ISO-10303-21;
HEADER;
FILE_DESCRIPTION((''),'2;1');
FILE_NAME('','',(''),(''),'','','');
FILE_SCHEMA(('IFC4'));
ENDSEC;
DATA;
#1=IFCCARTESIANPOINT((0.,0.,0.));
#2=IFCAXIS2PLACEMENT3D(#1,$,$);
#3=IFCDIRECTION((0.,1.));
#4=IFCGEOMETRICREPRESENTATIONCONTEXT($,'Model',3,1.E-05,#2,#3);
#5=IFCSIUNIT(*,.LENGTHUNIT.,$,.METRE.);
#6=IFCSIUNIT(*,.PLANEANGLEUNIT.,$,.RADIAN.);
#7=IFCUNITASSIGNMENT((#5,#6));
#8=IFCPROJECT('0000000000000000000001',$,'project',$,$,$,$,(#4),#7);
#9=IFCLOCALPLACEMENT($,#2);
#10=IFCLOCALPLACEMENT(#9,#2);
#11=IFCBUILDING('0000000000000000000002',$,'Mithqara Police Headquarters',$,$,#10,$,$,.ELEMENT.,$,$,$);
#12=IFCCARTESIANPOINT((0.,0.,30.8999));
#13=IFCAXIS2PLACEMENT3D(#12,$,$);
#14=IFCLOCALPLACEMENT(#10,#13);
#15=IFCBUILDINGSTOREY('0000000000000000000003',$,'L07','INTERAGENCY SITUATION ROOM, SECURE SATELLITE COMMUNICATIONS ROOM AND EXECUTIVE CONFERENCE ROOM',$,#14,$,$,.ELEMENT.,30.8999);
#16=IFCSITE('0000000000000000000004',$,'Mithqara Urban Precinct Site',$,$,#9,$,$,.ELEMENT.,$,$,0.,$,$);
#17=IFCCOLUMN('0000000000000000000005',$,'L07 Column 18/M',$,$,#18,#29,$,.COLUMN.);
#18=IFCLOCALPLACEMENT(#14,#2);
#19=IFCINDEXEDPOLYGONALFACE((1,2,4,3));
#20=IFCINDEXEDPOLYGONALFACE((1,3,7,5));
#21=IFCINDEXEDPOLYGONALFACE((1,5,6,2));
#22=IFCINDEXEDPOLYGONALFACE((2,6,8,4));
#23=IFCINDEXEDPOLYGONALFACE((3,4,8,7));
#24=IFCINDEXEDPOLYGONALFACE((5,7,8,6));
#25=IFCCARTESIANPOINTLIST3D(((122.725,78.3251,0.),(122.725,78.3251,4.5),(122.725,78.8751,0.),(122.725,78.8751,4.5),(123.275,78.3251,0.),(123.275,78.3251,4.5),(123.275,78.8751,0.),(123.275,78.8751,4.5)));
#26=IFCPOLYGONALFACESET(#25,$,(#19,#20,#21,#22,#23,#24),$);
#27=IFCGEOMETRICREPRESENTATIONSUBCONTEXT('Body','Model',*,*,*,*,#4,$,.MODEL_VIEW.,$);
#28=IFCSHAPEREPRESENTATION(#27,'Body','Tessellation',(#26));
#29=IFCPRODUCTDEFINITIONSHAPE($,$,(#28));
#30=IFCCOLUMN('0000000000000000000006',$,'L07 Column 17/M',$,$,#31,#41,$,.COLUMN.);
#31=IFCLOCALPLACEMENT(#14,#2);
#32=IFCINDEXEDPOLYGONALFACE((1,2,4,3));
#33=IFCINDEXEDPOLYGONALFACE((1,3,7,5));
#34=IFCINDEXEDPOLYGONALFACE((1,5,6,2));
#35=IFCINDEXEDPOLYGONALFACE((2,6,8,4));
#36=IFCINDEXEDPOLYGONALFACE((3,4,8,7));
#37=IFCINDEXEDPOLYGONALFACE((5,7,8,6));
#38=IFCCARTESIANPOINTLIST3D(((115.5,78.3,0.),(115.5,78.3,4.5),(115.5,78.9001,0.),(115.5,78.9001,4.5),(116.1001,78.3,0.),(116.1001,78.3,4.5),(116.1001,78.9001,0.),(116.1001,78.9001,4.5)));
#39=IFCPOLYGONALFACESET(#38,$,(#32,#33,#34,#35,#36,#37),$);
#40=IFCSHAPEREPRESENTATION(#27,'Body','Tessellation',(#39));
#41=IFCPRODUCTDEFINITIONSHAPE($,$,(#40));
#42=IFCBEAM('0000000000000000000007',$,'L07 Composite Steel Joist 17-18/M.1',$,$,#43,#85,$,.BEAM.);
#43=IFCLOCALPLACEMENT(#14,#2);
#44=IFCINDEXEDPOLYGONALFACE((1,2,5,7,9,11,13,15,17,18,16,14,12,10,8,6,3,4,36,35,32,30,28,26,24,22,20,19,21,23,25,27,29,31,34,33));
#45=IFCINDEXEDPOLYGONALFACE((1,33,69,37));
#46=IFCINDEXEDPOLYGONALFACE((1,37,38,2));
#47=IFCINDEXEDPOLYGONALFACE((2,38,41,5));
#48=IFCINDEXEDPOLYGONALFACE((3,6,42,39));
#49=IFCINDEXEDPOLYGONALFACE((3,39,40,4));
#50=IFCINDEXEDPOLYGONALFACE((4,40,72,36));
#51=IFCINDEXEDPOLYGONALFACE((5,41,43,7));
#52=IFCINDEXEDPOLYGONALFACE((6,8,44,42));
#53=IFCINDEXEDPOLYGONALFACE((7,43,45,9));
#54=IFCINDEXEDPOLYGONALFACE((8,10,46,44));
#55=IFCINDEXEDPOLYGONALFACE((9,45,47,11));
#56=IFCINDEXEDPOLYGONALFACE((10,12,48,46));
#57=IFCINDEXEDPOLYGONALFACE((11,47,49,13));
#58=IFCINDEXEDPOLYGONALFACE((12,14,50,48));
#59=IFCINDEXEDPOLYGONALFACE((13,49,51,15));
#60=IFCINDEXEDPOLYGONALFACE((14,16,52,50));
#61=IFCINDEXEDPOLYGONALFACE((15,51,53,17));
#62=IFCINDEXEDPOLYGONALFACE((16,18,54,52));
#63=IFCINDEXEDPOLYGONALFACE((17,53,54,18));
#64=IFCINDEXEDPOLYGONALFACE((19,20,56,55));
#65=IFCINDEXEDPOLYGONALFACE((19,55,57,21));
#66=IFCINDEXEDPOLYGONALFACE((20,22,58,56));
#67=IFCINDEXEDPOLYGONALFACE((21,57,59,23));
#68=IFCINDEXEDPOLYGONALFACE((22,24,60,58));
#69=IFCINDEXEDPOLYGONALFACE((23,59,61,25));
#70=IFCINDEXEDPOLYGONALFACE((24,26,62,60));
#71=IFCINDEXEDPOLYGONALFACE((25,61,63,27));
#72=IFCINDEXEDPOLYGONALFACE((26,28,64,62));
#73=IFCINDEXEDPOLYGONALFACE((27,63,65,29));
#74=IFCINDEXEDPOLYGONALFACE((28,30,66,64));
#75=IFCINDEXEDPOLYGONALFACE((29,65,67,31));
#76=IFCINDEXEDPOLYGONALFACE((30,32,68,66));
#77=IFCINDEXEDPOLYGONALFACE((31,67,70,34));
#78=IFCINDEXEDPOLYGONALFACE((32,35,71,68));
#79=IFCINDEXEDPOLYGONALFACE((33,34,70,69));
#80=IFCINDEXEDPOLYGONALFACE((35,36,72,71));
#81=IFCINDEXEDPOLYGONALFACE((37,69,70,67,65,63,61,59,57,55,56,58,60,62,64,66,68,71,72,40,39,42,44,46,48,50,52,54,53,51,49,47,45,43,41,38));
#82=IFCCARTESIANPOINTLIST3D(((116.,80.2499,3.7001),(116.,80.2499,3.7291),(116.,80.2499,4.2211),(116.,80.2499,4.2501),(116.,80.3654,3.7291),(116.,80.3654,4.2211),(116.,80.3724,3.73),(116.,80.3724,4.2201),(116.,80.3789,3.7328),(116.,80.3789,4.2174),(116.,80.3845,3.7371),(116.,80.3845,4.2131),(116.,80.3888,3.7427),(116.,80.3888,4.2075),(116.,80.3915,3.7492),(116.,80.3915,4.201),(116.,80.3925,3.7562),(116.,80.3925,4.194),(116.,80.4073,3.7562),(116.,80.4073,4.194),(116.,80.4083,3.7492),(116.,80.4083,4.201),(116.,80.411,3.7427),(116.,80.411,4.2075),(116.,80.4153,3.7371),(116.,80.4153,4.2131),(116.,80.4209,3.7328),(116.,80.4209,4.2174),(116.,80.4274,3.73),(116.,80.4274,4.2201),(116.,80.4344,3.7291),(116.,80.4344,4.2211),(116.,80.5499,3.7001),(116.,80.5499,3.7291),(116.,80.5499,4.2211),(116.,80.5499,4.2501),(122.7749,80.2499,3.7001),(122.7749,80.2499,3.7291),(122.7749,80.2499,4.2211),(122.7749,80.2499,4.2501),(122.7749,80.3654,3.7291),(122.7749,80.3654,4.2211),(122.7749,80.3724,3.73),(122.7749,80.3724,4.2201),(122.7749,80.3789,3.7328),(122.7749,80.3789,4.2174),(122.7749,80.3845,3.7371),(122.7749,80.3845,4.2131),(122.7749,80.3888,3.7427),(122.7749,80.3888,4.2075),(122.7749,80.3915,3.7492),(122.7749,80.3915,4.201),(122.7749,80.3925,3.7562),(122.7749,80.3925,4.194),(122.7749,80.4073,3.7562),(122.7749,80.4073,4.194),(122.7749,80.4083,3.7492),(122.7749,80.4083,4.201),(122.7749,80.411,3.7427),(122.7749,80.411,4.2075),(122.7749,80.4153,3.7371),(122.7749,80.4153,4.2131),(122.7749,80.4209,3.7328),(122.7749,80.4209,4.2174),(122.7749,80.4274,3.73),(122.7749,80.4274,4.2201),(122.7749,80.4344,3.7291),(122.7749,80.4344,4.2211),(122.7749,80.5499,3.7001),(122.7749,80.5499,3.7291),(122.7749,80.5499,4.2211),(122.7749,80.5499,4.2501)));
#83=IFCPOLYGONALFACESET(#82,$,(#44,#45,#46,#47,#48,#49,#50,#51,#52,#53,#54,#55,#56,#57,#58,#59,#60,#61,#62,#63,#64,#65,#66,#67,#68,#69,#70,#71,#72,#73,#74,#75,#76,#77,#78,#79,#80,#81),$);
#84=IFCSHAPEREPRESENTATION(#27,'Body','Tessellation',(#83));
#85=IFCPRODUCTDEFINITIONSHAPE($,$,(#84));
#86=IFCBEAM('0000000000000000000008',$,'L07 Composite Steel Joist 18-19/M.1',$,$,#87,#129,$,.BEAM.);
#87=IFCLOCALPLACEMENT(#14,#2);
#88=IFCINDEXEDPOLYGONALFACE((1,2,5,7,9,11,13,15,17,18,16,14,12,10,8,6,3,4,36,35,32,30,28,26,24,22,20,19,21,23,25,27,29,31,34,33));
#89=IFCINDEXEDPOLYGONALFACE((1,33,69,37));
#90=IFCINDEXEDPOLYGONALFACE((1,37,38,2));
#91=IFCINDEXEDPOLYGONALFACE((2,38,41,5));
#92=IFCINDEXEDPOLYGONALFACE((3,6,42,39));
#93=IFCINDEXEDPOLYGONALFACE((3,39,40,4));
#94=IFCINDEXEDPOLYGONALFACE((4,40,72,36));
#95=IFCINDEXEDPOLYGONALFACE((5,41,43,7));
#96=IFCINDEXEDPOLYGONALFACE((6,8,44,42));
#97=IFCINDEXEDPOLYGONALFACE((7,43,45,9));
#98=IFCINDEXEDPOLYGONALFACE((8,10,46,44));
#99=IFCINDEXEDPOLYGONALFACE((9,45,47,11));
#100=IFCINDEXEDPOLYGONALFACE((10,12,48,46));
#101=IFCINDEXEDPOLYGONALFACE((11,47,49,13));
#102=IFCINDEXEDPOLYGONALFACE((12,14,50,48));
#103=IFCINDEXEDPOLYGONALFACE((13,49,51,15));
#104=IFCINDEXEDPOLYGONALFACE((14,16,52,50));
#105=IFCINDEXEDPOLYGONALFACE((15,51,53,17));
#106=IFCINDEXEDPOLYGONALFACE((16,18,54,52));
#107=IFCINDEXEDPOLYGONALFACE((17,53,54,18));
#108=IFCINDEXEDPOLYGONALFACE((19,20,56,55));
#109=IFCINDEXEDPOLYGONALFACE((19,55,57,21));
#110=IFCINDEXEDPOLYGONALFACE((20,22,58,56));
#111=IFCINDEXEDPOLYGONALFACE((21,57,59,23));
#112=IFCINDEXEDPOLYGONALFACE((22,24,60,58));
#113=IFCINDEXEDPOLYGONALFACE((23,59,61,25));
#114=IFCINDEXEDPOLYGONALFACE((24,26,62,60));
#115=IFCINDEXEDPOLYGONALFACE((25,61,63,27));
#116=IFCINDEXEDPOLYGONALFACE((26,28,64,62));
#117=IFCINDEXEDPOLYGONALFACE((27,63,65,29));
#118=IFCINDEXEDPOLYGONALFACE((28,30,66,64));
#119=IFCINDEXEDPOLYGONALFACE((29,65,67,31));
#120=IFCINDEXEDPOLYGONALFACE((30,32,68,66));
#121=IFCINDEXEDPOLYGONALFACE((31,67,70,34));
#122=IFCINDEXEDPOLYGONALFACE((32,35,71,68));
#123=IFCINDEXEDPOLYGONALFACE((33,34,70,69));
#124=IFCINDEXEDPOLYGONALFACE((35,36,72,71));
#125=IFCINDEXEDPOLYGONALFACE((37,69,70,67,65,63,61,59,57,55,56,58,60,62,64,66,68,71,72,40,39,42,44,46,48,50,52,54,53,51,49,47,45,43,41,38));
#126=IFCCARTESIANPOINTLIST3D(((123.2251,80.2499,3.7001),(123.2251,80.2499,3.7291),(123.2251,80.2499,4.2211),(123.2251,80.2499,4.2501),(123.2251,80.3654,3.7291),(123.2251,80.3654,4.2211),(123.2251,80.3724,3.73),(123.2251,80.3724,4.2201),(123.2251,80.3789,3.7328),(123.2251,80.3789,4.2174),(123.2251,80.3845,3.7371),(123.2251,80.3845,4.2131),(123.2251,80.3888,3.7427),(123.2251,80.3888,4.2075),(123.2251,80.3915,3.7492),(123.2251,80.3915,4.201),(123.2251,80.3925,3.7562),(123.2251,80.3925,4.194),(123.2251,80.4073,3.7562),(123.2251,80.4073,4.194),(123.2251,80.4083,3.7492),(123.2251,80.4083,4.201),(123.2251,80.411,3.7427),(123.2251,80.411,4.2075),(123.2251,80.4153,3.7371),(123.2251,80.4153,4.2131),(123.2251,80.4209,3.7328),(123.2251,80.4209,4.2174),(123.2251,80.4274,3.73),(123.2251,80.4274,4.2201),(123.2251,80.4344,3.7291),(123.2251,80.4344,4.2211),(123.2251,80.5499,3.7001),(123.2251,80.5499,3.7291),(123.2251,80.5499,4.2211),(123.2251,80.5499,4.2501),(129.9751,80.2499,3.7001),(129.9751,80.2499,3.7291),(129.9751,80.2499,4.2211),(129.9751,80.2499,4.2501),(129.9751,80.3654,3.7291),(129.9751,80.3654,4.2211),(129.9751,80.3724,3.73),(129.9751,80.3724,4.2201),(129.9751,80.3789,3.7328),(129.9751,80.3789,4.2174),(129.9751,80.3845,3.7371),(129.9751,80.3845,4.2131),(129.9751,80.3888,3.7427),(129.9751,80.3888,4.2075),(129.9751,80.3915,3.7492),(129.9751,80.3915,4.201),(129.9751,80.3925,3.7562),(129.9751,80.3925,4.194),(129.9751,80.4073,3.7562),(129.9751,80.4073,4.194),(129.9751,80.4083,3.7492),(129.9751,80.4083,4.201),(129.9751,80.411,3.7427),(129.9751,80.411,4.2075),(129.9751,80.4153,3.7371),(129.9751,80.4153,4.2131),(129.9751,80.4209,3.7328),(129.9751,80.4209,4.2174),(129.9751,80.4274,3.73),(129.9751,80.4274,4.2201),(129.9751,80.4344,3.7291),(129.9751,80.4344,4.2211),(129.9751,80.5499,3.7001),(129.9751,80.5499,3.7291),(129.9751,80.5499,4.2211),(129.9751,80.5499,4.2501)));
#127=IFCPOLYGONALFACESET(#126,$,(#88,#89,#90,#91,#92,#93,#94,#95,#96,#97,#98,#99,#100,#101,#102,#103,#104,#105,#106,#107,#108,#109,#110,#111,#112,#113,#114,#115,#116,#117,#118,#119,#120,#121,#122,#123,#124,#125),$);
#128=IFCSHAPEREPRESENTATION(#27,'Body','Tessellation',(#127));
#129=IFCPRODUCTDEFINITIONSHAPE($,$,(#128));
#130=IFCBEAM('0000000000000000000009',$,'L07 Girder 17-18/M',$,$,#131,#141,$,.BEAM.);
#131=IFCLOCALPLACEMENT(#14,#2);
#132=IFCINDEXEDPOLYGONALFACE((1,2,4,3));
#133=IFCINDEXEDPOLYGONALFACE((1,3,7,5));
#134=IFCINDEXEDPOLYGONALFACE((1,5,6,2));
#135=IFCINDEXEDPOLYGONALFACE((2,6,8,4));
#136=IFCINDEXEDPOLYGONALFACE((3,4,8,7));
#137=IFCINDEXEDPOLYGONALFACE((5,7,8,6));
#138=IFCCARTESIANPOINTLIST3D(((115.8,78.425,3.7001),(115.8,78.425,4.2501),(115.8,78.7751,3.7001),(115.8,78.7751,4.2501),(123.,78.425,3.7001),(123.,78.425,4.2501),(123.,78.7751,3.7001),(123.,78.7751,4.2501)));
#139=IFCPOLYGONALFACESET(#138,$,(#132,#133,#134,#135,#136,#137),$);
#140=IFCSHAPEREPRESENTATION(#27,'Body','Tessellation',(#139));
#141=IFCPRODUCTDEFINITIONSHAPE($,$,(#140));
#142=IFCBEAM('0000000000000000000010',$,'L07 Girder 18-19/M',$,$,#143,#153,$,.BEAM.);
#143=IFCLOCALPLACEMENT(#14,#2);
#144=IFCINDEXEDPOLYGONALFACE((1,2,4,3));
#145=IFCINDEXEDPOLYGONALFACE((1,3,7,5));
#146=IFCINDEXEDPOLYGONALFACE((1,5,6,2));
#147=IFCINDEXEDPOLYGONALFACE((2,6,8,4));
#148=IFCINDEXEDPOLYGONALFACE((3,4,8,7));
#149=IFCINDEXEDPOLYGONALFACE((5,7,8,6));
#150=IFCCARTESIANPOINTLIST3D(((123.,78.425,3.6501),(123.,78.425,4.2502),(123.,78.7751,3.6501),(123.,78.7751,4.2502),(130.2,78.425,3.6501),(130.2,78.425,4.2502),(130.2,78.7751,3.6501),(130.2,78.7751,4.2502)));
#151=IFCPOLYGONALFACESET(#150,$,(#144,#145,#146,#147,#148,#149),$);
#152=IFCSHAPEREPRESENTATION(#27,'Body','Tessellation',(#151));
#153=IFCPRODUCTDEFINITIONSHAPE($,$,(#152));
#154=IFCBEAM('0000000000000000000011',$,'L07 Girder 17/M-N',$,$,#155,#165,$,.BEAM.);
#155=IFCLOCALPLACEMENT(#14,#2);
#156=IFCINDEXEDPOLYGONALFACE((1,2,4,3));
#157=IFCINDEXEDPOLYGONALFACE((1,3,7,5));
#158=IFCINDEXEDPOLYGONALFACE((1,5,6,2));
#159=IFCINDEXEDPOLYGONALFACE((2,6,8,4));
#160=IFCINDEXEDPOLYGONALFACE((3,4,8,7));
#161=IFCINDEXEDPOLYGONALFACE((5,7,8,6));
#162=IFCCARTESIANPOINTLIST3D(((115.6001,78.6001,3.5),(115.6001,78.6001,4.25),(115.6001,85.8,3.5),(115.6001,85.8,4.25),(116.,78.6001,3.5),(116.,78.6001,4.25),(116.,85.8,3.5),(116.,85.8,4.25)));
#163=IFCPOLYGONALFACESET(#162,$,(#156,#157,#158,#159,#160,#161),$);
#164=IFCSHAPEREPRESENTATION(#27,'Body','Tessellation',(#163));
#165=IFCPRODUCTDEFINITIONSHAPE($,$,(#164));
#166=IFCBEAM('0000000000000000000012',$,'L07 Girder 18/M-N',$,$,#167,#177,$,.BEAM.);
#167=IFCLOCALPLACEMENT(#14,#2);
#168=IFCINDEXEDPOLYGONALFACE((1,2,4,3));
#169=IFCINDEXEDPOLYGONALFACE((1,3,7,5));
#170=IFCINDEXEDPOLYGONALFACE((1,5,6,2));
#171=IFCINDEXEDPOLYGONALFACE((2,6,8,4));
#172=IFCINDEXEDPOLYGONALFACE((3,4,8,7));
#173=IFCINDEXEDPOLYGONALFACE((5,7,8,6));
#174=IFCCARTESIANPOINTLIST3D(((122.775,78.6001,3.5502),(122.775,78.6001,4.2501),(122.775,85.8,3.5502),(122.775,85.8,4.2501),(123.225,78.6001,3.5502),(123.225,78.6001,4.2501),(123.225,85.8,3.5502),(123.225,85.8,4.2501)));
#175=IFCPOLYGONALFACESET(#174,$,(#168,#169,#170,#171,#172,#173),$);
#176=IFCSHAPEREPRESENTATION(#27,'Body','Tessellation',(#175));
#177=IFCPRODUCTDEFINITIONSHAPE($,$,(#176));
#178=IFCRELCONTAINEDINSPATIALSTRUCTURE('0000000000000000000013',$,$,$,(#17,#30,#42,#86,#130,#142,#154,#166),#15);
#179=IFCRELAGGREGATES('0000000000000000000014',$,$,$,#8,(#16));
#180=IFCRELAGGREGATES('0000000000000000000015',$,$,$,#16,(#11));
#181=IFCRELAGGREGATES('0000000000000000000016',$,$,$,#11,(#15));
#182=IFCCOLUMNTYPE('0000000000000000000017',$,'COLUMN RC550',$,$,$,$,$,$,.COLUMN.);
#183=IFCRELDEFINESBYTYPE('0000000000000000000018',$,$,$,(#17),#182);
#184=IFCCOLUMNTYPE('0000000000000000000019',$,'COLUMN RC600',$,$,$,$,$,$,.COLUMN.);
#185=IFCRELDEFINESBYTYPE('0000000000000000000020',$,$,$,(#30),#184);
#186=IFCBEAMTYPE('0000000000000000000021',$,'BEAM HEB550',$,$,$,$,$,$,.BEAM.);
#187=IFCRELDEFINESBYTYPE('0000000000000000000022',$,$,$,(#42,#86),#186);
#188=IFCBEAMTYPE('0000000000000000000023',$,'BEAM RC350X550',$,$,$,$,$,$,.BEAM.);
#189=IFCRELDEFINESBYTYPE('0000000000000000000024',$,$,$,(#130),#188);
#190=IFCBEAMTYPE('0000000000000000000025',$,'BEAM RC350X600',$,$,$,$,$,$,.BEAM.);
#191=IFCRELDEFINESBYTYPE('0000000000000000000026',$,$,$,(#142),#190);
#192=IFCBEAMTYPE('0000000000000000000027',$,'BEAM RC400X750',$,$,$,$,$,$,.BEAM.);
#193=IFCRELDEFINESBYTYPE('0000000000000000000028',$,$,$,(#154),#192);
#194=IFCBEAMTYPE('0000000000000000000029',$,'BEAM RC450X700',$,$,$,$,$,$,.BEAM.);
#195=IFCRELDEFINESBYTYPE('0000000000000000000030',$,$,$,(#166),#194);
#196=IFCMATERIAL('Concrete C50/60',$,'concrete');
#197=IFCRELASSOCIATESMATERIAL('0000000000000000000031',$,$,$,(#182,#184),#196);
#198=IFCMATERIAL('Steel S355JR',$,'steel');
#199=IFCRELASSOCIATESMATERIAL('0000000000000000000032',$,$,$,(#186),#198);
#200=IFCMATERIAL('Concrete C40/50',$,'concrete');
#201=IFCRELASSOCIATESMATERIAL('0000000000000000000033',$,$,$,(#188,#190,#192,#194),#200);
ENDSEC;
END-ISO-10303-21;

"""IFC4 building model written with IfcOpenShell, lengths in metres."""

from ifc_helpers import new_model, si_unit, direction, frame, origin, origin_2d, place, context, subcontext, project, spatial, rectangle, i_section, extrude, material, material_profile, profile_set, type_object, element, save


model = new_model("IFC4")

# Units and contexts
model_context = context("Model", 3, precision=1e-05, world=origin(), true_north=direction((0.0, 1.0)))
body_context = subcontext(model_context, "Body", "Model", "MODEL_VIEW")
ifc_project = project(units=[si_unit("LENGTHUNIT", "METRE"), si_unit("PLANEANGLEUNIT", "RADIAN")], contexts=[model_context])

# Site, building, storey
site_placement = place(None, origin())
site = spatial("IfcSite", under=ifc_project, at=site_placement, Name="Mithqara Urban Precinct Site", CompositionType="ELEMENT", RefElevation=0.0)
building_placement = place(site_placement, origin())
building = spatial("IfcBuilding", under=site, at=building_placement, Name="Mithqara Police Headquarters", CompositionType="ELEMENT")
storey_placement = place(building_placement, frame((0.0, 0.0, 30.8999)))
storey = spatial("IfcBuildingStorey", under=building, at=storey_placement, Name="L07", Description="INTERAGENCY SITUATION ROOM, SECURE SATELLITE COMMUNICATIONS ROOM AND EXECUTIVE CONFERENCE ROOM", CompositionType="ELEMENT", Elevation=30.8999)

# Columns
ifc_material_1 = material(Name="Concrete C50/60", Category="concrete")
ifc_material_profile_1 = material_profile(ifc_material_1, rectangle(XDim=0.55, YDim=0.55, at=origin_2d()), Name="RC 550x550")
ifc_profile_set_1 = profile_set([ifc_material_profile_1], Name="Concrete C50/60")
column_type_1 = type_object("IfcColumnType", Name="COLUMN RC550", PredefinedType="COLUMN", material=ifc_profile_set_1)
column_1_placement = place(storey_placement, frame((123.0, 78.6001, 0.0), z_axis=(0.0, 0.0, 1.0), x_axis=(1.0, 0.0, 0.0)))
element("IfcColumn", 1, at=column_1_placement, inside=storey, type_object=column_type_1, Name="L07 Column 18/M", PredefinedType="COLUMN", context=body_context, shape_type="SweptSolid", body=[
    extrude(rectangle(XDim=0.55, YDim=0.55, at=origin_2d()), origin(), (0.0, 0.0, 1.0), 4.5),
])
ifc_material_profile_2 = material_profile(ifc_material_1, rectangle(XDim=0.6001, YDim=0.6001, at=origin_2d()), Name="RC 600x600")
ifc_profile_set_2 = profile_set([ifc_material_profile_2], Name="Concrete C50/60")
column_type_2 = type_object("IfcColumnType", Name="COLUMN RC600", PredefinedType="COLUMN", material=ifc_profile_set_2)
column_2_placement = place(storey_placement, frame((115.8, 78.6001, 0.0), z_axis=(0.0, 0.0, 1.0), x_axis=(1.0, 0.0, 0.0)))
element("IfcColumn", 2, at=column_2_placement, inside=storey, type_object=column_type_2, Name="L07 Column 17/M", PredefinedType="COLUMN", context=body_context, shape_type="SweptSolid", body=[
    extrude(rectangle(XDim=0.6001, YDim=0.6001, at=origin_2d()), origin(), (0.0, 0.0, 1.0), 4.5),
])

# Beams
ifc_material_2 = material(Name="Steel S355JR", Category="steel")
ifc_material_profile_3 = material_profile(ifc_material_2, i_section(OverallWidth=0.3, OverallDepth=0.55, WebThickness=0.0149, FlangeThickness=0.0291, FilletRadius=0.0271, at=origin_2d()), Name="HEB 550")
ifc_profile_set_3 = profile_set([ifc_material_profile_3], Name="Steel S355JR")
beam_type_1 = type_object("IfcBeamType", Name="BEAM HEB550", PredefinedType="BEAM", material=ifc_profile_set_3)
beam_1_placement = place(storey_placement, frame((116.0, 80.3999, 3.9751), z_axis=(1.0, 0.0, 0.0), x_axis=(0.0, 1.0, 0.0)))
element("IfcBeam", 3, at=beam_1_placement, inside=storey, type_object=beam_type_1, Name="L07 Composite Steel Joist 17-18/M.1", PredefinedType="BEAM", context=body_context, shape_type="SweptSolid", body=[
    extrude(i_section(OverallWidth=0.3, OverallDepth=0.55, WebThickness=0.0149, FlangeThickness=0.0291, FilletRadius=0.0271, at=origin_2d()), origin(), (0.0, 0.0, 1.0), 6.7749),
])
beam_2_placement = place(storey_placement, frame((123.2251, 80.3999, 3.9751), z_axis=(1.0, 0.0, 0.0), x_axis=(0.0, 1.0, 0.0)))
element("IfcBeam", 4, at=beam_2_placement, inside=storey, type_object=beam_type_1, Name="L07 Composite Steel Joist 18-19/M.1", PredefinedType="BEAM", context=body_context, shape_type="SweptSolid", body=[
    extrude(i_section(OverallWidth=0.3, OverallDepth=0.55, WebThickness=0.0149, FlangeThickness=0.0291, FilletRadius=0.0271, at=origin_2d()), origin(), (0.0, 0.0, 1.0), 6.75),
])
ifc_material_3 = material(Name="Concrete C40/50", Category="concrete")
ifc_material_profile_4 = material_profile(ifc_material_3, rectangle(XDim=0.3501, YDim=0.55, at=origin_2d()), Name="RC 350x550")
ifc_profile_set_4 = profile_set([ifc_material_profile_4], Name="Concrete C40/50")
beam_type_2 = type_object("IfcBeamType", Name="BEAM RC350X550", PredefinedType="BEAM", material=ifc_profile_set_4)
beam_3_placement = place(storey_placement, frame((115.8, 78.6001, 3.9751), z_axis=(1.0, 0.0, 0.0), x_axis=(0.0, 1.0, 0.0)))
element("IfcBeam", 5, at=beam_3_placement, inside=storey, type_object=beam_type_2, Name="L07 Girder 17-18/M", PredefinedType="BEAM", context=body_context, shape_type="SweptSolid", body=[
    extrude(rectangle(XDim=0.3501, YDim=0.55, at=origin_2d()), origin(), (0.0, 0.0, 1.0), 7.2),
])
ifc_material_profile_5 = material_profile(ifc_material_3, rectangle(XDim=0.3501, YDim=0.6001, at=origin_2d()), Name="RC 350x600")
ifc_profile_set_5 = profile_set([ifc_material_profile_5], Name="Concrete C40/50")
beam_type_3 = type_object("IfcBeamType", Name="BEAM RC350X600", PredefinedType="BEAM", material=ifc_profile_set_5)
beam_4_placement = place(storey_placement, frame((123.0, 78.6001, 3.9502), z_axis=(1.0, 0.0, 0.0), x_axis=(0.0, 1.0, 0.0)))
element("IfcBeam", 6, at=beam_4_placement, inside=storey, type_object=beam_type_3, Name="L07 Girder 18-19/M", PredefinedType="BEAM", context=body_context, shape_type="SweptSolid", body=[
    extrude(rectangle(XDim=0.3501, YDim=0.6001, at=origin_2d()), origin(), (0.0, 0.0, 1.0), 7.2),
])
ifc_material_profile_6 = material_profile(ifc_material_3, rectangle(XDim=0.3999, YDim=0.75, at=origin_2d()), Name="RC 400x750")
ifc_profile_set_6 = profile_set([ifc_material_profile_6], Name="Concrete C40/50")
beam_type_4 = type_object("IfcBeamType", Name="BEAM RC400X750", PredefinedType="BEAM", material=ifc_profile_set_6)
beam_5_placement = place(storey_placement, frame((115.8, 78.6001, 3.875), z_axis=(0.0, 1.0, 0.0), x_axis=(-1.0, 0.0, 0.0)))
element("IfcBeam", 7, at=beam_5_placement, inside=storey, type_object=beam_type_4, Name="L07 Girder 17/M-N", PredefinedType="BEAM", context=body_context, shape_type="SweptSolid", body=[
    extrude(rectangle(XDim=0.3999, YDim=0.75, at=origin_2d()), origin(), (0.0, 0.0, 1.0), 7.2),
])
ifc_material_profile_7 = material_profile(ifc_material_3, rectangle(XDim=0.45, YDim=0.7, at=origin_2d()), Name="RC 450x700")
ifc_profile_set_7 = profile_set([ifc_material_profile_7], Name="Concrete C40/50")
beam_type_5 = type_object("IfcBeamType", Name="BEAM RC450X700", PredefinedType="BEAM", material=ifc_profile_set_7)
beam_6_placement = place(storey_placement, frame((123.0, 78.6001, 3.9001), z_axis=(0.0, 1.0, 0.0), x_axis=(-1.0, 0.0, 0.0)))
element("IfcBeam", 8, at=beam_6_placement, inside=storey, type_object=beam_type_5, Name="L07 Girder 18/M-N", PredefinedType="BEAM", context=body_context, shape_type="SweptSolid", body=[
    extrude(rectangle(XDim=0.45, YDim=0.7, at=origin_2d()), origin(), (0.0, 0.0, 1.0), 7.2),
])

save(model, "model.ifc")
